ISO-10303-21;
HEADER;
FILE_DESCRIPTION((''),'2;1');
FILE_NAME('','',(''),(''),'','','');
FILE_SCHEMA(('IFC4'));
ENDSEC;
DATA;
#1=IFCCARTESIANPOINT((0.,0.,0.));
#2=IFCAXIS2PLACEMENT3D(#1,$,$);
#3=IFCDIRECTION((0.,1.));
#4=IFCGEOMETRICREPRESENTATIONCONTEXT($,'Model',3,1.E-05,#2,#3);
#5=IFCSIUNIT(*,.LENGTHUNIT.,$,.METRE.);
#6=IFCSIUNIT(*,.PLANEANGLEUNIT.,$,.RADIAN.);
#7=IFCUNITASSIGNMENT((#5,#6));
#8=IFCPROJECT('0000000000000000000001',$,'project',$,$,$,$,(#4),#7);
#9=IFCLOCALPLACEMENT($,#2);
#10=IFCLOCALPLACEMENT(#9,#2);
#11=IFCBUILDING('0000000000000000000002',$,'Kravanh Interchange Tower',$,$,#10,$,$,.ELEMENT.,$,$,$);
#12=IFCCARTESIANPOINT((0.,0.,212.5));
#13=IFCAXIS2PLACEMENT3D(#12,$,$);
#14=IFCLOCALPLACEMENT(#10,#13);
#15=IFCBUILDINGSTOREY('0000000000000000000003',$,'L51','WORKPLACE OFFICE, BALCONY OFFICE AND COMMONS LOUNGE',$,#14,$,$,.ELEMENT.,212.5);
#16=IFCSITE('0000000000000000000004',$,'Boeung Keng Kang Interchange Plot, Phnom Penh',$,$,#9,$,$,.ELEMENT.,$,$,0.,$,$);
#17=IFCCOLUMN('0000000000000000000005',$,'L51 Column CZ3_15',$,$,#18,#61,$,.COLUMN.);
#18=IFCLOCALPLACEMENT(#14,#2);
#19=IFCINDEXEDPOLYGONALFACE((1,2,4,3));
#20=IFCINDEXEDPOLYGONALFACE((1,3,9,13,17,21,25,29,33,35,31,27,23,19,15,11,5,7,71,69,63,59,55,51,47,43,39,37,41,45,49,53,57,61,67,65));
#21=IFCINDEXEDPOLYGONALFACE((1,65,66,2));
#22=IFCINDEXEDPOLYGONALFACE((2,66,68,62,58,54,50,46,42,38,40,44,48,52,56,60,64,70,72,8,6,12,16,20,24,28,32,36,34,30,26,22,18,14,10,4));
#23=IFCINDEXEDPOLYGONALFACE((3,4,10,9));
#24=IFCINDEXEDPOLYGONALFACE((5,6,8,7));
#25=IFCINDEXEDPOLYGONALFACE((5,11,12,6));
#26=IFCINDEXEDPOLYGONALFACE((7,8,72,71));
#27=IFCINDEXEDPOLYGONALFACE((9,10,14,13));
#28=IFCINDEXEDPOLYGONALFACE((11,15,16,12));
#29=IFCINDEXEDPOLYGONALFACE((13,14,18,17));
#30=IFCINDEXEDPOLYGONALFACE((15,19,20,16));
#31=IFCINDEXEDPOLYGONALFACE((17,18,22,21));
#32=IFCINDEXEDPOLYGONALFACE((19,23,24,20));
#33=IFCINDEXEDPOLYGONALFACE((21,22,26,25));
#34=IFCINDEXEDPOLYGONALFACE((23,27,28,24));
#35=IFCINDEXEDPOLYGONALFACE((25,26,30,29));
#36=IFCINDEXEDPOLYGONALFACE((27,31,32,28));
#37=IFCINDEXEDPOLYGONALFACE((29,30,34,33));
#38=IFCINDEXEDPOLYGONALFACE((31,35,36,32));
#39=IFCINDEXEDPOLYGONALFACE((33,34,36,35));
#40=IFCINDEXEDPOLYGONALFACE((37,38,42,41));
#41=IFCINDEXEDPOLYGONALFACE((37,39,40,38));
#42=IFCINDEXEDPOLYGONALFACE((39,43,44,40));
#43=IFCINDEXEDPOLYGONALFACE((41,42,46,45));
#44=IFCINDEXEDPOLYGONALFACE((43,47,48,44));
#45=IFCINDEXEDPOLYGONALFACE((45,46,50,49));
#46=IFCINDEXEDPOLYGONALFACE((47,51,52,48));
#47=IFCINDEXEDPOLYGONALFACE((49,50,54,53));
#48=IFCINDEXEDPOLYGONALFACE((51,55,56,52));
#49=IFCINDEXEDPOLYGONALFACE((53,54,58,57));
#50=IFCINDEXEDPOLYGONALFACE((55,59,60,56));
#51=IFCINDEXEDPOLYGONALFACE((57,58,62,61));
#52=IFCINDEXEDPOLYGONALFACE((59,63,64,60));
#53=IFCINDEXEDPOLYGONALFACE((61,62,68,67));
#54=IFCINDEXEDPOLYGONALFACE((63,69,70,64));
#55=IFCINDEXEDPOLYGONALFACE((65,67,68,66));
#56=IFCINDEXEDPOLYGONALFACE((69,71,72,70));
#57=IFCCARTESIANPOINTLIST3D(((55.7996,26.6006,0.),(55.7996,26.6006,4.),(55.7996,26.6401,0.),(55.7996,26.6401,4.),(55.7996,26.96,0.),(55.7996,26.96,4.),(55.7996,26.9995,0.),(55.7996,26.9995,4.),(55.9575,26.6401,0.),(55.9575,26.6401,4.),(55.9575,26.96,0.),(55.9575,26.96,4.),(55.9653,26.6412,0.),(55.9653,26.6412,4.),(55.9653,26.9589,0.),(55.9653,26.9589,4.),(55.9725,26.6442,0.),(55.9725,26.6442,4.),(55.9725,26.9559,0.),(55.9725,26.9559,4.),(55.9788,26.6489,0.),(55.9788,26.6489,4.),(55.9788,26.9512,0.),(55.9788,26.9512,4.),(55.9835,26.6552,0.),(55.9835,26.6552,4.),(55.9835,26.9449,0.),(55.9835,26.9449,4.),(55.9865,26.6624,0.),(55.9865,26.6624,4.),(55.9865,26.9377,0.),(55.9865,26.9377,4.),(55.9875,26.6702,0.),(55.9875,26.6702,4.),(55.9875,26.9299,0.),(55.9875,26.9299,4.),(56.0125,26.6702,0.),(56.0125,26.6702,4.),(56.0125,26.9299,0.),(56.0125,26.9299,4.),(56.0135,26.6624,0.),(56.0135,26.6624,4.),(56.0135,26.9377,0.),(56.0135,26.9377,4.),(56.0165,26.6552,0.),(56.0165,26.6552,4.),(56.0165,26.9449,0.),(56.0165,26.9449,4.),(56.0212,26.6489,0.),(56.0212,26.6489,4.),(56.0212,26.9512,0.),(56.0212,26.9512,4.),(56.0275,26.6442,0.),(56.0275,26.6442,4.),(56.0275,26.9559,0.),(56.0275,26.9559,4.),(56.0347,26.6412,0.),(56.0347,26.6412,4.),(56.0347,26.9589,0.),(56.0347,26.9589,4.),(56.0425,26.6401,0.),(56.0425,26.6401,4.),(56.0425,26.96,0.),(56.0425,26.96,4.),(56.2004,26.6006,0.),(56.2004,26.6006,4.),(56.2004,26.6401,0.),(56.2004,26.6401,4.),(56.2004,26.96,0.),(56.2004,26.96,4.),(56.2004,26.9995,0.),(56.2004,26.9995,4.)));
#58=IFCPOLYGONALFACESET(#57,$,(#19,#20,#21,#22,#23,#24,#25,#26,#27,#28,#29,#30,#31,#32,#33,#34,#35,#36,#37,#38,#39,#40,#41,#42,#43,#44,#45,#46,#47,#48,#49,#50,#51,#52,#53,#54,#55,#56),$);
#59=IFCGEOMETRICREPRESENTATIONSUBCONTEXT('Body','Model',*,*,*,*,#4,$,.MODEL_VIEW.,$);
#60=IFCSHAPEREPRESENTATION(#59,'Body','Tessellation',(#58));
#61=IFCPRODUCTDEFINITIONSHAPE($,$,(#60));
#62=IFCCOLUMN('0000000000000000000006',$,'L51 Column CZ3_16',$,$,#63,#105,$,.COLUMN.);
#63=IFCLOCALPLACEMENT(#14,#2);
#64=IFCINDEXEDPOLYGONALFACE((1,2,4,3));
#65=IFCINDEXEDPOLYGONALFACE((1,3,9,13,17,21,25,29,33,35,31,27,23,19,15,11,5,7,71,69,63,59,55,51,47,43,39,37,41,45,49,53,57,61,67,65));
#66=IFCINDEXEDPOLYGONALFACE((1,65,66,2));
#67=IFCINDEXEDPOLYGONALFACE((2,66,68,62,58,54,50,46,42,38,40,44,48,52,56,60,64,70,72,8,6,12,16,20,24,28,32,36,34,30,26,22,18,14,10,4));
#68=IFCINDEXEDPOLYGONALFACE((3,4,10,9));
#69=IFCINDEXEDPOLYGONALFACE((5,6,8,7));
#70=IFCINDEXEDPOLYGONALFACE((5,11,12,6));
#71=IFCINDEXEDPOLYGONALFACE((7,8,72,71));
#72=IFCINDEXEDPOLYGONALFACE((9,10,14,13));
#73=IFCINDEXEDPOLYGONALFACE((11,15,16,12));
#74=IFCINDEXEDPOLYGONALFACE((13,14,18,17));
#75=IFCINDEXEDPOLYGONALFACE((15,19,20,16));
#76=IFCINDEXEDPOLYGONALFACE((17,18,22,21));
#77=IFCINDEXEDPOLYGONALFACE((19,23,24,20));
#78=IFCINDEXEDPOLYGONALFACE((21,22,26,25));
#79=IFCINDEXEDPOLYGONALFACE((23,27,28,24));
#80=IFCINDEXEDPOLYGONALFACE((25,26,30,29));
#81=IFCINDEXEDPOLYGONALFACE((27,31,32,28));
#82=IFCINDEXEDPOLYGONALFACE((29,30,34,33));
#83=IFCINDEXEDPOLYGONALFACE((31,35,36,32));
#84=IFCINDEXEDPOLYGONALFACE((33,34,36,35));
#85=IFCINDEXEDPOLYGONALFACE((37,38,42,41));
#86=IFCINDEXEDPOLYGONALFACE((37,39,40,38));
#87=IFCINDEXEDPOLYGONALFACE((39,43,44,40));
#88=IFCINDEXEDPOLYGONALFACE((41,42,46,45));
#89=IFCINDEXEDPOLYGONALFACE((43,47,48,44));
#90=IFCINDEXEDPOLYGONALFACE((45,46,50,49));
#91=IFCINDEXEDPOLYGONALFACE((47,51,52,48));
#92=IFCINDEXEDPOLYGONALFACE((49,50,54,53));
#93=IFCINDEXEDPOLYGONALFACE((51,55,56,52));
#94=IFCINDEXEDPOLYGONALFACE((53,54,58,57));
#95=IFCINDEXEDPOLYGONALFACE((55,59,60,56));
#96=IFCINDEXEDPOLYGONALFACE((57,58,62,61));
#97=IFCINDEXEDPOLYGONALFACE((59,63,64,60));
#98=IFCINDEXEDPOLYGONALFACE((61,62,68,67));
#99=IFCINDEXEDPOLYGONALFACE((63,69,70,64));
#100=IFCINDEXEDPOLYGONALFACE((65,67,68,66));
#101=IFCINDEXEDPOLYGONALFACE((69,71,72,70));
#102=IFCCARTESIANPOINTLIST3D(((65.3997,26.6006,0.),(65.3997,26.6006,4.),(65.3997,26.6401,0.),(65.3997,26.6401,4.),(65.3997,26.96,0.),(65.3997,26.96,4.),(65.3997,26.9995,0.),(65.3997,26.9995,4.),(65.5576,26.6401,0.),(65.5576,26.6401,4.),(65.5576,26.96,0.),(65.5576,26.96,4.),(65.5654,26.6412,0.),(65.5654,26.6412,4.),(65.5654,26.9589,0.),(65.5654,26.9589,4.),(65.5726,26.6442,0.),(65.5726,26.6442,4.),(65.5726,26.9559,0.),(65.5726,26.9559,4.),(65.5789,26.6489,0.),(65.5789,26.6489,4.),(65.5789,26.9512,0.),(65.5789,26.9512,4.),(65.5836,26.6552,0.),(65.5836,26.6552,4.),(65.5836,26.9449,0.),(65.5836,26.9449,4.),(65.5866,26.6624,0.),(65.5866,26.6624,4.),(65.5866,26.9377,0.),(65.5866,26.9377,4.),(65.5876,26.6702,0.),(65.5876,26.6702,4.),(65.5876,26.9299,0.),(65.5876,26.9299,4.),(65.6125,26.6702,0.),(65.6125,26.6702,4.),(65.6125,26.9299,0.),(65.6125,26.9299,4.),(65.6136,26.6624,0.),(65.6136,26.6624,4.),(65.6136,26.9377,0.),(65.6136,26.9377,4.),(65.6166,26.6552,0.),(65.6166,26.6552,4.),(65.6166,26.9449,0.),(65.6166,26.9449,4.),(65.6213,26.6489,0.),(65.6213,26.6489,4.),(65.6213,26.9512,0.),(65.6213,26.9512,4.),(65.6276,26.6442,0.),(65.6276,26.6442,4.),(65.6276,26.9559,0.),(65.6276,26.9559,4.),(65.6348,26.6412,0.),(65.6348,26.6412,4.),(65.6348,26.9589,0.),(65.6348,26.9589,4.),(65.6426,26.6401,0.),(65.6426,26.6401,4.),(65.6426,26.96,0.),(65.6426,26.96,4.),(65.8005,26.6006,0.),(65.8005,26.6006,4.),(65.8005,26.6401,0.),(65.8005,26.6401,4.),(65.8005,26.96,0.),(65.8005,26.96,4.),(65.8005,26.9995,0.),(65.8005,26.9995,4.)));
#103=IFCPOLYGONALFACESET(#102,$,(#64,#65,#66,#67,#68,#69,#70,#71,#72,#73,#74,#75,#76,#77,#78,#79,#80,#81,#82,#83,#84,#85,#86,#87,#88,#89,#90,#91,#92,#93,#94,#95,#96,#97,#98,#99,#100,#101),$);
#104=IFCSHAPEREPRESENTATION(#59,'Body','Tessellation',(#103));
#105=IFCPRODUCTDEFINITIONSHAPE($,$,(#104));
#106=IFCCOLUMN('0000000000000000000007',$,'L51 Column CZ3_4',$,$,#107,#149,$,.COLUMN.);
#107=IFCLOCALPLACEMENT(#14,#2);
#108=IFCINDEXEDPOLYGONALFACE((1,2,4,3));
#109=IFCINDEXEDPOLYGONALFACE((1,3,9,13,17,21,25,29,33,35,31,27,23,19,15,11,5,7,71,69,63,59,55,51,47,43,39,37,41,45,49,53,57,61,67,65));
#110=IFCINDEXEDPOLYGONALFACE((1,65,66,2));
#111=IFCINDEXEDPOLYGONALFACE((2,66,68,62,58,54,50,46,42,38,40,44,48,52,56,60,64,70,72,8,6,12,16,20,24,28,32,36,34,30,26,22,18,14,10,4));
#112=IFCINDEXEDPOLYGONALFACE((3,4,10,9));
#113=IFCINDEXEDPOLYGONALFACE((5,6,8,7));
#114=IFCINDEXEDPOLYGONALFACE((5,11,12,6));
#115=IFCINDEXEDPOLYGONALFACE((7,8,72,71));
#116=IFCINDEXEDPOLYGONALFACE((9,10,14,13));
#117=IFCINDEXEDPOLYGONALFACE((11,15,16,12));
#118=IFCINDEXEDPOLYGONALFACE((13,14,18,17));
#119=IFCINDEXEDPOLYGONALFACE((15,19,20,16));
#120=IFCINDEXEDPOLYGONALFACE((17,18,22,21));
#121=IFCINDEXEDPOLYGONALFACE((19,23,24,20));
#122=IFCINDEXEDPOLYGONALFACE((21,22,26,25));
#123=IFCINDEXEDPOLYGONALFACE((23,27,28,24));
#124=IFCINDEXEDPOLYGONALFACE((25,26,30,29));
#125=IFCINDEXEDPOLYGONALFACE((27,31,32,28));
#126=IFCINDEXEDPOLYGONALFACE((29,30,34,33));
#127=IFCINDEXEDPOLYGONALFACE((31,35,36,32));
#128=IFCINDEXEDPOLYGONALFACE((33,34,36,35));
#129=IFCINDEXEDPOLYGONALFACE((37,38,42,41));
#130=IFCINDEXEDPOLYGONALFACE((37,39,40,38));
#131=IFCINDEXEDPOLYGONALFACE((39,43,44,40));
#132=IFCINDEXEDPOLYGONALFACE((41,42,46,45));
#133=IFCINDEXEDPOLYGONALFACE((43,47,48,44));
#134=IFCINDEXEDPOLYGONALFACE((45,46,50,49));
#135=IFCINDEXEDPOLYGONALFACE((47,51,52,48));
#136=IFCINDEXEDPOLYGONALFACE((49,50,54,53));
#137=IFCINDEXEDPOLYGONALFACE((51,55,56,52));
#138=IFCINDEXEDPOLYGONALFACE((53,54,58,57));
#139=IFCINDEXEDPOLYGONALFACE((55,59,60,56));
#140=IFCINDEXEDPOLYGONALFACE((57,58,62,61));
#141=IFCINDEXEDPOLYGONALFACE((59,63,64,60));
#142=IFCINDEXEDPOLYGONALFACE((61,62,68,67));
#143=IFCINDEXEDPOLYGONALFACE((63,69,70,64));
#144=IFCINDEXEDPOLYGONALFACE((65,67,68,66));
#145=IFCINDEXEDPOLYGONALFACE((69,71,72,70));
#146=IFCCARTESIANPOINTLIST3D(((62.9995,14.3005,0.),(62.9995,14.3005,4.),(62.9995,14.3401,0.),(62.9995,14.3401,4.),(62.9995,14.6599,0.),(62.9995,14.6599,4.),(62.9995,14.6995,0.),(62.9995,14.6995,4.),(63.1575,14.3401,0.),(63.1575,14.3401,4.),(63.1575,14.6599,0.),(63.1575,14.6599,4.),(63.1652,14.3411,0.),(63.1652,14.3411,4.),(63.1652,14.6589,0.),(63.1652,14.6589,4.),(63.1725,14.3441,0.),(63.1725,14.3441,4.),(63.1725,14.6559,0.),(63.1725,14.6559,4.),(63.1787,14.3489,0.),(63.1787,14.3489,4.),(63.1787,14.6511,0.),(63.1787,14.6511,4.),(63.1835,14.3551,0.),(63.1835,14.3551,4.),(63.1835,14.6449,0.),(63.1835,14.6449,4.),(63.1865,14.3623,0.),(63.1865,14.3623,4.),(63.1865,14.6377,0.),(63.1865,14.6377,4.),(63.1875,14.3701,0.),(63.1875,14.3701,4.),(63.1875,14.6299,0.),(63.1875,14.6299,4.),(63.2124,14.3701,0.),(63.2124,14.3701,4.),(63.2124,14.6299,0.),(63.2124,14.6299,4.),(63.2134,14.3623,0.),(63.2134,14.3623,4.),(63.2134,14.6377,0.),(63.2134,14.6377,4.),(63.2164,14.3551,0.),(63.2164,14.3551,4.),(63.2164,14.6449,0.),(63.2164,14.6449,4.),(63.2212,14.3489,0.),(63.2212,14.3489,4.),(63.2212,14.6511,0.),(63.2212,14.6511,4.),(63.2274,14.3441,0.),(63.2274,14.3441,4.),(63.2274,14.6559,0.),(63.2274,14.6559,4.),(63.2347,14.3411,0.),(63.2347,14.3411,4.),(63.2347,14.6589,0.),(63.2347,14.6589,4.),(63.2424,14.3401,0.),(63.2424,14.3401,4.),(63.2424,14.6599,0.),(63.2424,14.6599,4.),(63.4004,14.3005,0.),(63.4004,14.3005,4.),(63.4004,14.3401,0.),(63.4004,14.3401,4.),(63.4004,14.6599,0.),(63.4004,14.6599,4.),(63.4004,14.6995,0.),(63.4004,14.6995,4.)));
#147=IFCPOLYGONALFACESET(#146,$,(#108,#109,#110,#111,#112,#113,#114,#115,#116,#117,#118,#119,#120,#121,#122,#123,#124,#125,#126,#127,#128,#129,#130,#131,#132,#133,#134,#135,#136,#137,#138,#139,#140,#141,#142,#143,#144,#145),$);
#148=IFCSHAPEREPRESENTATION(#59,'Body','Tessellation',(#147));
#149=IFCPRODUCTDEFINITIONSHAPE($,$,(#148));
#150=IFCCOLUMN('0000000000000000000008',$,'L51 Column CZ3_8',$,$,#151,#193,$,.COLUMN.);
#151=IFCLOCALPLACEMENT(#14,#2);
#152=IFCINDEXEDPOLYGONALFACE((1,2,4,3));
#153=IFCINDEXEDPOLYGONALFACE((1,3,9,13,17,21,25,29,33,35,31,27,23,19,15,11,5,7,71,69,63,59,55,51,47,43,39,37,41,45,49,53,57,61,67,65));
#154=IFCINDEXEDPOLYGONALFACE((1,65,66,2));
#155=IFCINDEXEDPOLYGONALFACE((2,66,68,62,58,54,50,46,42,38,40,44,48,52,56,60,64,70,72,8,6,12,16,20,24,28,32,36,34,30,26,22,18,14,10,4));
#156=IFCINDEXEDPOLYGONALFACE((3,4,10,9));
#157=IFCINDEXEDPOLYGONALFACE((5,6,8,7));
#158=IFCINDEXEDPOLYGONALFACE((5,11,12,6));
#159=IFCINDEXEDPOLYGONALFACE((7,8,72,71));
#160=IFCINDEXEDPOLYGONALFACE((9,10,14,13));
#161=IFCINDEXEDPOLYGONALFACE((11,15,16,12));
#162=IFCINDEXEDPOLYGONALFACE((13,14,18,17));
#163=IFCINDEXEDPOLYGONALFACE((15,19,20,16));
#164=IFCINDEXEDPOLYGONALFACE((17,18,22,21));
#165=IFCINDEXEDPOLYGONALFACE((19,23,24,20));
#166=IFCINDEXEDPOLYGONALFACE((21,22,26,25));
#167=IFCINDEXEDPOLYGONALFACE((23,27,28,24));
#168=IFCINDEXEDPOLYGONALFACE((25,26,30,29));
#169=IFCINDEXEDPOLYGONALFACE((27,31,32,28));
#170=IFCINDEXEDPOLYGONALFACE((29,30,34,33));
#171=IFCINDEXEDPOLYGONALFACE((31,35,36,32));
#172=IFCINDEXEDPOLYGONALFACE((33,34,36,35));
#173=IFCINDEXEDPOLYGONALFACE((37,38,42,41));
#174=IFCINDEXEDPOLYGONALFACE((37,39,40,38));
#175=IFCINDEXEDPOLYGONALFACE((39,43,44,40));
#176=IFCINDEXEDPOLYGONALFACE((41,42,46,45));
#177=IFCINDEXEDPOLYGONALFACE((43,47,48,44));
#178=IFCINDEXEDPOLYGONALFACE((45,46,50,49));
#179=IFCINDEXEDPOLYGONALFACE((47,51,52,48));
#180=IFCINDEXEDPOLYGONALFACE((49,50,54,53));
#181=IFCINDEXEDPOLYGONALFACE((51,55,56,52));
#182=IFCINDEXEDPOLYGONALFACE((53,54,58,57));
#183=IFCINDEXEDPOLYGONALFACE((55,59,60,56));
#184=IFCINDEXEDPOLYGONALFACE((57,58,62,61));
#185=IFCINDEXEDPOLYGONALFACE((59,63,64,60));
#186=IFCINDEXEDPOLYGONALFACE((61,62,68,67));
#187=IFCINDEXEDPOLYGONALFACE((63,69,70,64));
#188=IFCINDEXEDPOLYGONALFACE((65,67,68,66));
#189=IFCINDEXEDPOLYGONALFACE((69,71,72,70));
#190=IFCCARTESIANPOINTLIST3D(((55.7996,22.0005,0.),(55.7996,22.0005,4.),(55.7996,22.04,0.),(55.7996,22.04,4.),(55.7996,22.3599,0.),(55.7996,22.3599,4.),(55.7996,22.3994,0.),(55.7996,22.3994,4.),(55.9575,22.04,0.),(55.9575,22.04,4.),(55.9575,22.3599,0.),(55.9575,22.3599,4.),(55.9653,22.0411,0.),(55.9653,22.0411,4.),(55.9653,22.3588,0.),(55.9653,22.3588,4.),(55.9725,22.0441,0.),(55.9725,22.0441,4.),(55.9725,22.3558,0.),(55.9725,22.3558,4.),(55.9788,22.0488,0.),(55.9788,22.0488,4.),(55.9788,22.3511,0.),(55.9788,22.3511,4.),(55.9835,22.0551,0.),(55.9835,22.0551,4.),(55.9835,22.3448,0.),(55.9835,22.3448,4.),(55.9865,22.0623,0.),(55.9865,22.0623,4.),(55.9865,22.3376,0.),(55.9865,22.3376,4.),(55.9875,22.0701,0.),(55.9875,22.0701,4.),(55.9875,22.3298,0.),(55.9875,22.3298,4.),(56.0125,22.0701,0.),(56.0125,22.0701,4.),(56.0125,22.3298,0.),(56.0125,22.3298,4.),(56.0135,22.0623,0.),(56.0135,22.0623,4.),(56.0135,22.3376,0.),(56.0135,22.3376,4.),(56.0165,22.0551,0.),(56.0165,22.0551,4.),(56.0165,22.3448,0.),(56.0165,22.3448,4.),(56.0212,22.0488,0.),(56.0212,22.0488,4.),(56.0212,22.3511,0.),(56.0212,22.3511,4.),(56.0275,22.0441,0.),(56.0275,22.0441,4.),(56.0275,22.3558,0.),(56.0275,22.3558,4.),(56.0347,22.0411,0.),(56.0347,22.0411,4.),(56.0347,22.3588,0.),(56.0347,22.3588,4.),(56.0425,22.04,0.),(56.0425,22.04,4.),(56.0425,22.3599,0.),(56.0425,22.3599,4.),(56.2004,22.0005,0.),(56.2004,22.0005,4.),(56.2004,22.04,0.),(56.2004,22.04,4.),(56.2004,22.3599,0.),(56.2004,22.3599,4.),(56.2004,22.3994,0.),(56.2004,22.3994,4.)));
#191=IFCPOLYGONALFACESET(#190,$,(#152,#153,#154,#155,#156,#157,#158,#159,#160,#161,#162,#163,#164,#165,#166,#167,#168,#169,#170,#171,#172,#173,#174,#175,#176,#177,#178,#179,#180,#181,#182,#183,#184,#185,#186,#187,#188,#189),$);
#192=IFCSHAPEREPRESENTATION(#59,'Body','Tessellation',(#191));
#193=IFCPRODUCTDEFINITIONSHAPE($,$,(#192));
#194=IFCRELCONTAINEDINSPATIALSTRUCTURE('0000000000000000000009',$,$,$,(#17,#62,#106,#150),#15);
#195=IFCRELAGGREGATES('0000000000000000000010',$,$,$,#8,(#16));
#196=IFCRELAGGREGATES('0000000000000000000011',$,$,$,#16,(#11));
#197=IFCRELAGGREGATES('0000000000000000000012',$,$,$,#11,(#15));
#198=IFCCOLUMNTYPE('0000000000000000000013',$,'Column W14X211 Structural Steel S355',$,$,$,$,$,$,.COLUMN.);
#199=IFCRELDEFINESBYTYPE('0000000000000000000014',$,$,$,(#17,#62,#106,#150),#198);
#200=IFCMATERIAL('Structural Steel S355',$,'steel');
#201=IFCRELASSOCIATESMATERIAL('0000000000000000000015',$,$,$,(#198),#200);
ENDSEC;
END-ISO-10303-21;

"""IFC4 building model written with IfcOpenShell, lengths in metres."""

from ifc_helpers import new_model, si_unit, direction, frame, origin, origin_2d, place, context, subcontext, project, spatial, i_section, extrude, material, material_profile, profile_set, type_object, element, save


model = new_model("IFC4")

# Units and contexts
model_context = context("Model", 3, precision=1e-05, world=origin(), true_north=direction((0.0, 1.0)))
body_context = subcontext(model_context, "Body", "Model", "MODEL_VIEW")
ifc_project = project(units=[si_unit("LENGTHUNIT", "METRE"), si_unit("PLANEANGLEUNIT", "RADIAN")], contexts=[model_context])

# Site, building, storey
site_placement = place(None, origin())
site = spatial("IfcSite", under=ifc_project, at=site_placement, Name="Boeung Keng Kang Interchange Plot, Phnom Penh", CompositionType="ELEMENT", RefElevation=0.0)
building_placement = place(site_placement, origin())
building = spatial("IfcBuilding", under=site, at=building_placement, Name="Kravanh Interchange Tower", CompositionType="ELEMENT")
storey_placement = place(building_placement, frame((0.0, 0.0, 212.5)))
storey = spatial("IfcBuildingStorey", under=building, at=storey_placement, Name="L51", Description="WORKPLACE OFFICE, BALCONY OFFICE AND COMMONS LOUNGE", CompositionType="ELEMENT", Elevation=212.5)

# Columns
ifc_material_1 = material(Name="Structural Steel S355", Category="steel")
ifc_material_profile_1 = material_profile(ifc_material_1, i_section(OverallWidth=0.4009, OverallDepth=0.3989, WebThickness=0.0249, FlangeThickness=0.0396, FilletRadius=0.03, at=origin_2d()), Name="W14X211")
ifc_profile_set_1 = profile_set([ifc_material_profile_1], Name="Structural Steel S355")
column_type = type_object("IfcColumnType", Name="Column W14X211 Structural Steel S355", PredefinedType="COLUMN", material=ifc_profile_set_1)
for number, where, z_axis, x_axis, name in (
    (1, (56.0, 26.8, 0.0), (0.0, 0.0, 1.0), (1.0, 0.0, 0.0), "L51 Column CZ3_15"),
    (2, (65.6001, 26.8, 0.0), (0.0, 0.0, 1.0), (1.0, 0.0, 0.0), "L51 Column CZ3_16"),
    (3, (63.2, 14.5, 0.0), (0.0, 0.0, 1.0), (1.0, 0.0, 0.0), "L51 Column CZ3_4"),
    (4, (56.0, 22.2, 0.0), (0.0, 0.0, 1.0), (1.0, 0.0, 0.0), "L51 Column CZ3_8"),
):
    element("IfcColumn", number, at=place(storey_placement, frame(where, z_axis=z_axis, x_axis=x_axis)), inside=storey, type_object=column_type, Name=name, PredefinedType="COLUMN", context=body_context, shape_type="SweptSolid", body=[
        extrude(i_section(OverallWidth=0.4009, OverallDepth=0.3989, WebThickness=0.0249, FlangeThickness=0.0396, FilletRadius=0.03, at=origin_2d()), origin(), (0.0, 0.0, 1.0), 4.0),
    ])

save(model, "model.ifc")
